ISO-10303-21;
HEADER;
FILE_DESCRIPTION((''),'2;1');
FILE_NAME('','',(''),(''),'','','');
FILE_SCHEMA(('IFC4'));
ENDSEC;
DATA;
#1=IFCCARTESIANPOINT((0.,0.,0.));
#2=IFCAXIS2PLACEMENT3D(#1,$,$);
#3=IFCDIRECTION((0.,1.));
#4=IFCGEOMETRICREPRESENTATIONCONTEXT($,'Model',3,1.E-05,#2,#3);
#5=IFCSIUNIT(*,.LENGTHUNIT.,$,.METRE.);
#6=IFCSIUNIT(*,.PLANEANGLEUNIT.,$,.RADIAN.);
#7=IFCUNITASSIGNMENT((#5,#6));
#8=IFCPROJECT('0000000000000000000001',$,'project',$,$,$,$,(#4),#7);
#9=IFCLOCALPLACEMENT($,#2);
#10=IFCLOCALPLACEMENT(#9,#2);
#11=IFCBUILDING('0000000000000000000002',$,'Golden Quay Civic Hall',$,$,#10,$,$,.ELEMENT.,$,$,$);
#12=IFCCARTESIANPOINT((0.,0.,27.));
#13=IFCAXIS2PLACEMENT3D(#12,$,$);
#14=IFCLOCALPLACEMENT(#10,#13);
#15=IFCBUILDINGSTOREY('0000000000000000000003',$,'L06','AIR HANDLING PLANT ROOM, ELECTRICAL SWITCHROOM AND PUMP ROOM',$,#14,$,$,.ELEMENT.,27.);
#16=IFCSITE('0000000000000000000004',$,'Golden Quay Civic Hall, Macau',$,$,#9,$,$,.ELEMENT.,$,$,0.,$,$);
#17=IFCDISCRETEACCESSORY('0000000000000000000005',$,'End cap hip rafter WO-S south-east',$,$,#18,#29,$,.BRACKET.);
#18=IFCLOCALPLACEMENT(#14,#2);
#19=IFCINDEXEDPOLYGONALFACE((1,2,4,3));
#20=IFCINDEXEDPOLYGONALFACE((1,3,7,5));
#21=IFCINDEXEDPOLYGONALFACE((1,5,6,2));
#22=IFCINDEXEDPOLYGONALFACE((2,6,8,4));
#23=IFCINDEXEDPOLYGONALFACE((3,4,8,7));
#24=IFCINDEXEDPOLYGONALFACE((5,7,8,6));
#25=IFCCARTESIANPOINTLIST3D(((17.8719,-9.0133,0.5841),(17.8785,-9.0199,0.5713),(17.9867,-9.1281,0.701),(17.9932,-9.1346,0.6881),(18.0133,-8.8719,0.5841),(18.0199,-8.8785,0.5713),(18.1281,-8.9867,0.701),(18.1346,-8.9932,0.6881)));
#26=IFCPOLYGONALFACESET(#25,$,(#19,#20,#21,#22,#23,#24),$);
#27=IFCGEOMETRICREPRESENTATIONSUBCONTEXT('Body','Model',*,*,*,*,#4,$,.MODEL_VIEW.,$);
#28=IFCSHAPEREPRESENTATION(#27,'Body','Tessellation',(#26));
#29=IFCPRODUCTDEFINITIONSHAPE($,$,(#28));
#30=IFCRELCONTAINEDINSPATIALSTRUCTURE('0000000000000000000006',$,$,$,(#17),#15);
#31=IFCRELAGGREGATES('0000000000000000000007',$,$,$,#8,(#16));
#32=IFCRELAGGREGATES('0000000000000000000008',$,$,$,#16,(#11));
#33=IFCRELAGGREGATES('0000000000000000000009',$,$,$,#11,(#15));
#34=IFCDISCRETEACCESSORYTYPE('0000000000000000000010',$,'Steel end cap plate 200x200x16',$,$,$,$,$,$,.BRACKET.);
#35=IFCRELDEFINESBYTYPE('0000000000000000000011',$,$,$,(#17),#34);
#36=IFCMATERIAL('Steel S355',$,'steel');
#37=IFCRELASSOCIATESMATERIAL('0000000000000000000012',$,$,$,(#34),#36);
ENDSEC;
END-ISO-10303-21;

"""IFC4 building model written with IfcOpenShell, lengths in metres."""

from ifc_helpers import new_model, si_unit, direction, frame, origin, origin_2d, place, context, subcontext, project, spatial, rectangle, extrude, material, material_profile, profile_set, type_object, element, save


model = new_model("IFC4")

# Units and contexts
model_context = context("Model", 3, precision=1e-05, world=origin(), true_north=direction((0.0, 1.0)))
body_context = subcontext(model_context, "Body", "Model", "MODEL_VIEW")
ifc_project = project(units=[si_unit("LENGTHUNIT", "METRE"), si_unit("PLANEANGLEUNIT", "RADIAN")], contexts=[model_context])

# Site, building, storey
site_placement = place(None, origin())
site = spatial("IfcSite", under=ifc_project, at=site_placement, Name="Golden Quay Civic Hall, Macau", CompositionType="ELEMENT", RefElevation=0.0)
building_placement = place(site_placement, origin())
building = spatial("IfcBuilding", under=site, at=building_placement, Name="Golden Quay Civic Hall", CompositionType="ELEMENT")
storey_placement = place(building_placement, frame((0.0, 0.0, 27.0)))
storey = spatial("IfcBuildingStorey", under=building, at=storey_placement, Name="L06", Description="AIR HANDLING PLANT ROOM, ELECTRICAL SWITCHROOM AND PUMP ROOM", CompositionType="ELEMENT", Elevation=27.0)

# Discrete accessory
ifc_material_1 = material(Name="Steel S355", Category="steel")
ifc_material_profile_1 = material_profile(ifc_material_1, rectangle(XDim=0.2, YDim=0.2, at=origin_2d()), Name="Steel end cap plate 200x200x16")
ifc_profile_set_1 = profile_set([ifc_material_profile_1], Name="Steel S355")
discrete_accessory_type = type_object("IfcDiscreteAccessoryType", Name="Steel end cap plate 200x200x16", PredefinedType="BRACKET", material=ifc_profile_set_1)
discrete_accessory_placement = place(storey_placement, frame((18.0, -9.0, 0.6426), z_axis=(0.413335, -0.413335, -0.811362), x_axis=(0.707107, 0.707107, 0.0)))
element("IfcDiscreteAccessory", 1, at=discrete_accessory_placement, inside=storey, type_object=discrete_accessory_type, Name="End cap hip rafter WO-S south-east", PredefinedType="BRACKET", context=body_context, shape_type="SweptSolid", body=[
    extrude(rectangle(XDim=0.2, YDim=0.2, at=origin_2d()), origin(), (0.0, 0.0, 1.0), 0.0159),
])

save(model, "model.ifc")
